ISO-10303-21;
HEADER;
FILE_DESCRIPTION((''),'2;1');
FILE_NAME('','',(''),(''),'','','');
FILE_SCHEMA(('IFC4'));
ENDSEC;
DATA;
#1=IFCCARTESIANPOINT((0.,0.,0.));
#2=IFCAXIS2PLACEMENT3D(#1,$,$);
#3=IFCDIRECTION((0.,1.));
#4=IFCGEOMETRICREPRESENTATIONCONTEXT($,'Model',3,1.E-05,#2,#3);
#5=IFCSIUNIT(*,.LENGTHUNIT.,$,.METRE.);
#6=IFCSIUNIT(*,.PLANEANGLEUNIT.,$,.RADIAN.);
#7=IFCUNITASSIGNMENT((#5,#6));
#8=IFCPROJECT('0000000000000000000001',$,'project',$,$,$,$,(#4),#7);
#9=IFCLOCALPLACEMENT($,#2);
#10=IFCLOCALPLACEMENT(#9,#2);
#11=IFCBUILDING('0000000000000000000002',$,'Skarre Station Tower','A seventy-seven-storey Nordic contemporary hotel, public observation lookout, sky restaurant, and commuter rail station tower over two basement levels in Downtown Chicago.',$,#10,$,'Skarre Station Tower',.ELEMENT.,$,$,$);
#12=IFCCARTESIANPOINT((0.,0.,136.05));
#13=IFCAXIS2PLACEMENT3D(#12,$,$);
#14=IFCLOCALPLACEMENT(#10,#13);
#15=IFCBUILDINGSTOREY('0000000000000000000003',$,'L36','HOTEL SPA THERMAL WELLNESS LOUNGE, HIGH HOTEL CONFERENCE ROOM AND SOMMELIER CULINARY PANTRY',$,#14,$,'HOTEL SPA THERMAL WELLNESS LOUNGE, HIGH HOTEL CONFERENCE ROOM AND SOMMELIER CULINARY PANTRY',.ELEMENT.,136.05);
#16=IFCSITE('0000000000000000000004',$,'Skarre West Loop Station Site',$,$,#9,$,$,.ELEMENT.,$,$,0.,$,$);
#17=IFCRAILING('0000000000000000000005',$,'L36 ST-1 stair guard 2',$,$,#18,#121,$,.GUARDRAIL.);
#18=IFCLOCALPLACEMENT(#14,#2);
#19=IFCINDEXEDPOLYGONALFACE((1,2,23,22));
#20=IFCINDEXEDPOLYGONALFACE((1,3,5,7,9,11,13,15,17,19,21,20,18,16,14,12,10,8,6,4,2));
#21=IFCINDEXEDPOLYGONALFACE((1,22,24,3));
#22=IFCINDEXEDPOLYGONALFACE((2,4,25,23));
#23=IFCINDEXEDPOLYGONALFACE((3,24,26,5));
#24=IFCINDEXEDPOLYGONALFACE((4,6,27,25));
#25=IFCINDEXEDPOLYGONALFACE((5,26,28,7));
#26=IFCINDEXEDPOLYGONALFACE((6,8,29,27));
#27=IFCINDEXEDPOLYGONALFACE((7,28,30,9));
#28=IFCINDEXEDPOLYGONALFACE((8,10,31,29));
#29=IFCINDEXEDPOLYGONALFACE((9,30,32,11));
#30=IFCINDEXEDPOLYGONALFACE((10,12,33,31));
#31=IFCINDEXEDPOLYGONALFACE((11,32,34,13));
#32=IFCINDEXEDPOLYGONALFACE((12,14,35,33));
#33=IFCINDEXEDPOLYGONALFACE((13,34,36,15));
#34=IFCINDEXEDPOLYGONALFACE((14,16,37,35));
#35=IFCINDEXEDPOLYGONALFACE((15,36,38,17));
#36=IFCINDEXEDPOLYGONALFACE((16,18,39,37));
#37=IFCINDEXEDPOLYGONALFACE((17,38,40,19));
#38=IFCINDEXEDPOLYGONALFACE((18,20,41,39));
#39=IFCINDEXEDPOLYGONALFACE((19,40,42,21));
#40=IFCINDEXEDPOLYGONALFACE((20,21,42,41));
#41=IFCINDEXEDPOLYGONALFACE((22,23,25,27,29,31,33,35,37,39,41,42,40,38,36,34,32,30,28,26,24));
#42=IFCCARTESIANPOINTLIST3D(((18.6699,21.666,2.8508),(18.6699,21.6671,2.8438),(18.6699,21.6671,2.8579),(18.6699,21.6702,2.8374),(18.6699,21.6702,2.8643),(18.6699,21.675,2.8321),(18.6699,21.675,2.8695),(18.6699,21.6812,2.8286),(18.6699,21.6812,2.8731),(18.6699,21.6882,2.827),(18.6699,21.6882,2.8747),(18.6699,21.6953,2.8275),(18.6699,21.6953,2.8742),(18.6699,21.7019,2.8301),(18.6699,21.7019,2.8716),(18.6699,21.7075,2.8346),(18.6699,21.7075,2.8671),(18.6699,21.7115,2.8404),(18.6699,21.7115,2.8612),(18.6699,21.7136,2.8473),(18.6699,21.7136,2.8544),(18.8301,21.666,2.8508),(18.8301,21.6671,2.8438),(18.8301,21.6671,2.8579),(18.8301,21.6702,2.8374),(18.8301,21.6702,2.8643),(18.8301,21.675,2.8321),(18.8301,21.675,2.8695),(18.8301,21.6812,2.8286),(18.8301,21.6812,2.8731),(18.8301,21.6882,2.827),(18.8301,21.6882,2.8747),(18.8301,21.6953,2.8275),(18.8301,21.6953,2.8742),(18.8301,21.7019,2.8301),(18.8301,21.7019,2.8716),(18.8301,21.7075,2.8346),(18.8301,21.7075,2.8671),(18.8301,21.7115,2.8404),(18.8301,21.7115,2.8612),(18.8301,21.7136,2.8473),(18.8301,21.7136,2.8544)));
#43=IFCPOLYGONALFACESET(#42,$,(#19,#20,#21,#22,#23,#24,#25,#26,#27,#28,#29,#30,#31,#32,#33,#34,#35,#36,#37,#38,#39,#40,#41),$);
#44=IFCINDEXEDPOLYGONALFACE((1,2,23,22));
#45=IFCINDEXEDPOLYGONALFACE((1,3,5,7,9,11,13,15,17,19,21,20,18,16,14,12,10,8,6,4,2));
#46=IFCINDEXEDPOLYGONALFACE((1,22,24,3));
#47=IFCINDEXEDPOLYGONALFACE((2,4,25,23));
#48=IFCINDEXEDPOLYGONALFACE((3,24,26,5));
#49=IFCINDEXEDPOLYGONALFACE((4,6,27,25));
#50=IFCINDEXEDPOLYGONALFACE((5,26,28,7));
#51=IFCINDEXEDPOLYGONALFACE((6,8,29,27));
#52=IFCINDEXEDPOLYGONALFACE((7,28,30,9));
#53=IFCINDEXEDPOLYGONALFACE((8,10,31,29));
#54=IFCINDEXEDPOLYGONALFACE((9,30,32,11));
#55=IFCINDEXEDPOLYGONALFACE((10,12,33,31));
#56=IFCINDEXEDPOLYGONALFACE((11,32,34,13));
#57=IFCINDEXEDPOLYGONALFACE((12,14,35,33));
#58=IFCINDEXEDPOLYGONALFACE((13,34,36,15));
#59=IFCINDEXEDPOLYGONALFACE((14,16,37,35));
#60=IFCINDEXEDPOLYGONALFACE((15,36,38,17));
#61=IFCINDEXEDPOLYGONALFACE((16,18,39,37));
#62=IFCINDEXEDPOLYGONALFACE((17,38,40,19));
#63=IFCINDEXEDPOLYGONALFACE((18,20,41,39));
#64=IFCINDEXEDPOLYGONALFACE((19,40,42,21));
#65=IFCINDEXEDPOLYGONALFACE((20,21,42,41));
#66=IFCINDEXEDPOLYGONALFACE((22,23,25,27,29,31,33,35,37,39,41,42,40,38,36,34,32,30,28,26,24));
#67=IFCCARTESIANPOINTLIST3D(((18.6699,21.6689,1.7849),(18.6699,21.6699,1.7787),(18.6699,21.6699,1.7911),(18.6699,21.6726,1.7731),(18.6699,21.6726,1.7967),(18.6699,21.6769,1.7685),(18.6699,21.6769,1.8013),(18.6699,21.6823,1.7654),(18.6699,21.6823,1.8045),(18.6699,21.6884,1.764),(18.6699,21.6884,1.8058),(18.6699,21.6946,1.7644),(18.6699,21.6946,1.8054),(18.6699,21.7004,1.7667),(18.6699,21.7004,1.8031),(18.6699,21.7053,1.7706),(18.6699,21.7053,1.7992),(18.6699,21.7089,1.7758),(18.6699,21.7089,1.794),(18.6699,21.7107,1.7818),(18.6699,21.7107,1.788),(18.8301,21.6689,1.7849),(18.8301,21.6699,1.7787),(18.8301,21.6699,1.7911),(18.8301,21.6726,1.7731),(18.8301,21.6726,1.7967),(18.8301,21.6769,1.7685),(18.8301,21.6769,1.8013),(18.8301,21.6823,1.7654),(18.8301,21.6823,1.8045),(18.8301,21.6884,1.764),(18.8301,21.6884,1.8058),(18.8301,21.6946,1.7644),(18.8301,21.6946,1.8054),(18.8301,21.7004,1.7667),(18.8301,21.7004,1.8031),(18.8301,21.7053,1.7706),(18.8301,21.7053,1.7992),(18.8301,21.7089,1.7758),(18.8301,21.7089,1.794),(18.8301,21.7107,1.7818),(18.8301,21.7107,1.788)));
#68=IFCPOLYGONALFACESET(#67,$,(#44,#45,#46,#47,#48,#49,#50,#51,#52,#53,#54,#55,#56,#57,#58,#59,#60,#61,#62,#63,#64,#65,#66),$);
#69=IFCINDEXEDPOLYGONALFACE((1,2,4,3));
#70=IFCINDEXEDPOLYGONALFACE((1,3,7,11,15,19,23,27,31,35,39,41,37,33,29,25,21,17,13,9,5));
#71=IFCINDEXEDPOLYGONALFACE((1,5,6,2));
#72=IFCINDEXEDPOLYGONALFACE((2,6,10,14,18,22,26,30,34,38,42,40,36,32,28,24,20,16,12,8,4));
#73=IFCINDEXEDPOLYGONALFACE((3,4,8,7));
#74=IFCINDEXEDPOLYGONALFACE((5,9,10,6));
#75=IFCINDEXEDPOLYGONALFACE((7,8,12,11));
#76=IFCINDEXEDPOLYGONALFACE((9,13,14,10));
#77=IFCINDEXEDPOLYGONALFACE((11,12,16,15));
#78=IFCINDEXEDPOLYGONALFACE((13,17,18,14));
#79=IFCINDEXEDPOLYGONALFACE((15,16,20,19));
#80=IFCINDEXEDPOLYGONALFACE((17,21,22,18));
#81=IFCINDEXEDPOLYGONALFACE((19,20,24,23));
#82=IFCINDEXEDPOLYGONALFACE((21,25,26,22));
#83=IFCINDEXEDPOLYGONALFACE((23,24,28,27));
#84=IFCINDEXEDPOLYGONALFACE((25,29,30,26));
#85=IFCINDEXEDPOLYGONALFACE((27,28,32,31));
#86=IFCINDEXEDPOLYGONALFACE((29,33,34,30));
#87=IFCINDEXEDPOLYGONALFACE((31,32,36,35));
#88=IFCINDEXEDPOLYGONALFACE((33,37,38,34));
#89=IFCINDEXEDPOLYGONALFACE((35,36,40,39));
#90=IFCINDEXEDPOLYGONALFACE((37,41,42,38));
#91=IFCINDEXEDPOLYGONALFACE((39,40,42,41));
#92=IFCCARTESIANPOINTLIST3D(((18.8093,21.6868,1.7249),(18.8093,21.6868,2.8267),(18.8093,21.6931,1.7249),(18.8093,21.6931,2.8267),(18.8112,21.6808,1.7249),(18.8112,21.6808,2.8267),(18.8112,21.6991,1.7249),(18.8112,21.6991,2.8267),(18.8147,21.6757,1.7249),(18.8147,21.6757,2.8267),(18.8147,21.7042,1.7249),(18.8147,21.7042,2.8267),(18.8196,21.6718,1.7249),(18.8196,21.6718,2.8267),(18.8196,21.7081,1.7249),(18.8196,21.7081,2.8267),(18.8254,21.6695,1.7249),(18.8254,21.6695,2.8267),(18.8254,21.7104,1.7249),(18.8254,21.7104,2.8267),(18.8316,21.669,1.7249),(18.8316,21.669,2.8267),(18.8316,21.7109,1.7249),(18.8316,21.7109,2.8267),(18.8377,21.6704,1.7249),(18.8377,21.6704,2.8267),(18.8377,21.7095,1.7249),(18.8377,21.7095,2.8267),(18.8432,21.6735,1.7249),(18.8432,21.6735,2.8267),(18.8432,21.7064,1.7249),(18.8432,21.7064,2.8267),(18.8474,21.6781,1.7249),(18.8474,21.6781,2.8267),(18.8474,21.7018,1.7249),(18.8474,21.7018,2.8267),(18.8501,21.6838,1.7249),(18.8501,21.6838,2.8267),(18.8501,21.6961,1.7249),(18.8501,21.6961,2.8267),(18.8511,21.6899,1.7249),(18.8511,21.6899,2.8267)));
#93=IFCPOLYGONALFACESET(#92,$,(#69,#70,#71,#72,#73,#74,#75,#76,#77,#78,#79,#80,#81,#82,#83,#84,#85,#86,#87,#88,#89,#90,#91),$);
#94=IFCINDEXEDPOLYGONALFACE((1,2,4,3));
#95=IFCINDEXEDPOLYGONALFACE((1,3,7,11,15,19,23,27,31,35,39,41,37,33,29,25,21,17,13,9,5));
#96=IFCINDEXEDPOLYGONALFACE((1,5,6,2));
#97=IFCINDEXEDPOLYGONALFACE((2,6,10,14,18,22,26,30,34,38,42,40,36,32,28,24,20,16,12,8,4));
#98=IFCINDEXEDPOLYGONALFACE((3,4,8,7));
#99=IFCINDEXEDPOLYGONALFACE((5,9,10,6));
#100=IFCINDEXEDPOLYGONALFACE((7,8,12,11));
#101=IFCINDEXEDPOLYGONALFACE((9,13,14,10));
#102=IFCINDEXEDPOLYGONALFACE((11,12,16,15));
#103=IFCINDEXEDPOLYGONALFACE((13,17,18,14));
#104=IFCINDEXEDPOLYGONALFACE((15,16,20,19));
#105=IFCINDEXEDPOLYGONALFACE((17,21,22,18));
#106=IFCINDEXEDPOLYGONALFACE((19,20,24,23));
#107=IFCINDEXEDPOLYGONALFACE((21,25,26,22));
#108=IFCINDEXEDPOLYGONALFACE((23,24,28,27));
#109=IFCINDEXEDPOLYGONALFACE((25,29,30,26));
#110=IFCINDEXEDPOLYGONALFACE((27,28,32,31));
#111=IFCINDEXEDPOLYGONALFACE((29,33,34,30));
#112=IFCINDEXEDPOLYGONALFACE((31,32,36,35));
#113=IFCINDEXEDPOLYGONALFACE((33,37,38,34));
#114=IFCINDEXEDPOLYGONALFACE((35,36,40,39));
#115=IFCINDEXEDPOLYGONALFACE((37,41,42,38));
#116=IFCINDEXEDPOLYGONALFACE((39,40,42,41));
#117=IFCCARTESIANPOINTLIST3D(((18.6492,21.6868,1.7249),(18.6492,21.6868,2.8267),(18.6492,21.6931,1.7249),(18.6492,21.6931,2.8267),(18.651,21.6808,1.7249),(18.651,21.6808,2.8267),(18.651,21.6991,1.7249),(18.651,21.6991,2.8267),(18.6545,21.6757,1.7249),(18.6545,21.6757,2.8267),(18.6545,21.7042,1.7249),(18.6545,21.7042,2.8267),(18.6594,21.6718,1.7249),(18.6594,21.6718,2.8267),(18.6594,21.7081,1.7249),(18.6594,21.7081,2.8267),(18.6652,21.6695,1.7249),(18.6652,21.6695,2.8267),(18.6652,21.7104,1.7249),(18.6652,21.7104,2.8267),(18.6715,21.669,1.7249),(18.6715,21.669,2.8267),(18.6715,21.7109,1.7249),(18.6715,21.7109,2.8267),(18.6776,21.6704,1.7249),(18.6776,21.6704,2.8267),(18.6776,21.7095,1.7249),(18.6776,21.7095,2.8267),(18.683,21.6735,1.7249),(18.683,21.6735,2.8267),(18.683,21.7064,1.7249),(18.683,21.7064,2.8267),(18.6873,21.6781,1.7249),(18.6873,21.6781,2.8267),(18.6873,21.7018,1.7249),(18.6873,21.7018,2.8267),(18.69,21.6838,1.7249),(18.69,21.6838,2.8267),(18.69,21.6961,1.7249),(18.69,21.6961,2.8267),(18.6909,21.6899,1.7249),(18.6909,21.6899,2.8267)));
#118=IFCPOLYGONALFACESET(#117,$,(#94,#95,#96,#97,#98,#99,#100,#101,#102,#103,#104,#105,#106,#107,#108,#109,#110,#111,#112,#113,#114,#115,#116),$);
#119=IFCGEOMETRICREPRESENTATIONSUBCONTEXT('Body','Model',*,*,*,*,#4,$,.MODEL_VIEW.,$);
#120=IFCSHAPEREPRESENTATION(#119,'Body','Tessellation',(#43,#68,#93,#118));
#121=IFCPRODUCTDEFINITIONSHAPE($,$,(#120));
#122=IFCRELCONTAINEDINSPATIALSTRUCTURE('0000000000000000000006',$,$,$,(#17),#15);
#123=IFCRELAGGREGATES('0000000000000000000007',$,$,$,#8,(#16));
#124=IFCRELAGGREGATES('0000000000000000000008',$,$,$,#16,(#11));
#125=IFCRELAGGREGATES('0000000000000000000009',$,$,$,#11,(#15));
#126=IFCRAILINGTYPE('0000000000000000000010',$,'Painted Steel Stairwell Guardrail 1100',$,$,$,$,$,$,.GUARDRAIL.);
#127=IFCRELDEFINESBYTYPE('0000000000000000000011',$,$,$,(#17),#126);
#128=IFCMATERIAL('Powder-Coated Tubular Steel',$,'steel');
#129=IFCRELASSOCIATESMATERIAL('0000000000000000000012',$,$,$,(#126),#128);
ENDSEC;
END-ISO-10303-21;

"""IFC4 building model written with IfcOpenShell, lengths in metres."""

from ifc_helpers import new_model, si_unit, direction, frame, origin, origin_2d, place, context, subcontext, project, spatial, circle, extrude, material, type_object, element, save


model = new_model("IFC4")

# Units and contexts
model_context = context("Model", 3, precision=1e-05, world=origin(), true_north=direction((0.0, 1.0)))
body_context = subcontext(model_context, "Body", "Model", "MODEL_VIEW")
ifc_project = project(units=[si_unit("LENGTHUNIT", "METRE"), si_unit("PLANEANGLEUNIT", "RADIAN")], contexts=[model_context])

# Site, building, storey
site_placement = place(None, origin())
site = spatial("IfcSite", under=ifc_project, at=site_placement, Name="Skarre West Loop Station Site", CompositionType="ELEMENT", RefElevation=0.0)
building_placement = place(site_placement, origin())
building = spatial("IfcBuilding", under=site, at=building_placement, Name="Skarre Station Tower", Description="A seventy-seven-storey Nordic contemporary hotel, public observation lookout, sky restaurant, and commuter rail station tower over two basement levels in Downtown Chicago.", LongName="Skarre Station Tower", CompositionType="ELEMENT")
storey_placement = place(building_placement, frame((0.0, 0.0, 136.05)))
storey = spatial("IfcBuildingStorey", under=building, at=storey_placement, Name="L36", Description="HOTEL SPA THERMAL WELLNESS LOUNGE, HIGH HOTEL CONFERENCE ROOM AND SOMMELIER CULINARY PANTRY", LongName="HOTEL SPA THERMAL WELLNESS LOUNGE, HIGH HOTEL CONFERENCE ROOM AND SOMMELIER CULINARY PANTRY", CompositionType="ELEMENT", Elevation=136.05)

# Railing
ifc_material_1 = material(Name="Powder-Coated Tubular Steel", Category="steel")
railing_type_1 = type_object("IfcRailingType", Name="Painted Steel Stairwell Guardrail 1100", PredefinedType="GUARDRAIL", material=ifc_material_1)
railing_1_placement = place(storey_placement, frame((18.8301, 21.6899, 1.7249)))
element("IfcRailing", 1, at=railing_1_placement, inside=storey, type_object=railing_type_1, Name="L36 ST-1 stair guard 2", PredefinedType="GUARDRAIL", context=body_context, shape_type="SweptSolid", body=[
    extrude(circle(Radius=0.0239, at=origin_2d()), frame((0.0, 0.0, 1.126), z_axis=(-1.0, 0.0, 0.0), x_axis=(0.0, -1.0, 0.0)), (0.0, 0.0, 1.0), 0.1602),
    extrude(circle(Radius=0.021, at=origin_2d()), frame((0.0, 0.0, 0.0601), z_axis=(-1.0, 0.0, 0.0), x_axis=(0.0, -1.0, 0.0)), (0.0, 0.0, 1.0), 0.1602),
    extrude(circle(Radius=0.021, at=origin_2d()), origin(), (0.0, 0.0, 1.0), 1.1018),
    extrude(circle(Radius=0.021, at=origin_2d()), frame((-0.1602, 0.0, 0.0)), (0.0, 0.0, 1.0), 1.1018),
])

save(model, "model.ifc")
